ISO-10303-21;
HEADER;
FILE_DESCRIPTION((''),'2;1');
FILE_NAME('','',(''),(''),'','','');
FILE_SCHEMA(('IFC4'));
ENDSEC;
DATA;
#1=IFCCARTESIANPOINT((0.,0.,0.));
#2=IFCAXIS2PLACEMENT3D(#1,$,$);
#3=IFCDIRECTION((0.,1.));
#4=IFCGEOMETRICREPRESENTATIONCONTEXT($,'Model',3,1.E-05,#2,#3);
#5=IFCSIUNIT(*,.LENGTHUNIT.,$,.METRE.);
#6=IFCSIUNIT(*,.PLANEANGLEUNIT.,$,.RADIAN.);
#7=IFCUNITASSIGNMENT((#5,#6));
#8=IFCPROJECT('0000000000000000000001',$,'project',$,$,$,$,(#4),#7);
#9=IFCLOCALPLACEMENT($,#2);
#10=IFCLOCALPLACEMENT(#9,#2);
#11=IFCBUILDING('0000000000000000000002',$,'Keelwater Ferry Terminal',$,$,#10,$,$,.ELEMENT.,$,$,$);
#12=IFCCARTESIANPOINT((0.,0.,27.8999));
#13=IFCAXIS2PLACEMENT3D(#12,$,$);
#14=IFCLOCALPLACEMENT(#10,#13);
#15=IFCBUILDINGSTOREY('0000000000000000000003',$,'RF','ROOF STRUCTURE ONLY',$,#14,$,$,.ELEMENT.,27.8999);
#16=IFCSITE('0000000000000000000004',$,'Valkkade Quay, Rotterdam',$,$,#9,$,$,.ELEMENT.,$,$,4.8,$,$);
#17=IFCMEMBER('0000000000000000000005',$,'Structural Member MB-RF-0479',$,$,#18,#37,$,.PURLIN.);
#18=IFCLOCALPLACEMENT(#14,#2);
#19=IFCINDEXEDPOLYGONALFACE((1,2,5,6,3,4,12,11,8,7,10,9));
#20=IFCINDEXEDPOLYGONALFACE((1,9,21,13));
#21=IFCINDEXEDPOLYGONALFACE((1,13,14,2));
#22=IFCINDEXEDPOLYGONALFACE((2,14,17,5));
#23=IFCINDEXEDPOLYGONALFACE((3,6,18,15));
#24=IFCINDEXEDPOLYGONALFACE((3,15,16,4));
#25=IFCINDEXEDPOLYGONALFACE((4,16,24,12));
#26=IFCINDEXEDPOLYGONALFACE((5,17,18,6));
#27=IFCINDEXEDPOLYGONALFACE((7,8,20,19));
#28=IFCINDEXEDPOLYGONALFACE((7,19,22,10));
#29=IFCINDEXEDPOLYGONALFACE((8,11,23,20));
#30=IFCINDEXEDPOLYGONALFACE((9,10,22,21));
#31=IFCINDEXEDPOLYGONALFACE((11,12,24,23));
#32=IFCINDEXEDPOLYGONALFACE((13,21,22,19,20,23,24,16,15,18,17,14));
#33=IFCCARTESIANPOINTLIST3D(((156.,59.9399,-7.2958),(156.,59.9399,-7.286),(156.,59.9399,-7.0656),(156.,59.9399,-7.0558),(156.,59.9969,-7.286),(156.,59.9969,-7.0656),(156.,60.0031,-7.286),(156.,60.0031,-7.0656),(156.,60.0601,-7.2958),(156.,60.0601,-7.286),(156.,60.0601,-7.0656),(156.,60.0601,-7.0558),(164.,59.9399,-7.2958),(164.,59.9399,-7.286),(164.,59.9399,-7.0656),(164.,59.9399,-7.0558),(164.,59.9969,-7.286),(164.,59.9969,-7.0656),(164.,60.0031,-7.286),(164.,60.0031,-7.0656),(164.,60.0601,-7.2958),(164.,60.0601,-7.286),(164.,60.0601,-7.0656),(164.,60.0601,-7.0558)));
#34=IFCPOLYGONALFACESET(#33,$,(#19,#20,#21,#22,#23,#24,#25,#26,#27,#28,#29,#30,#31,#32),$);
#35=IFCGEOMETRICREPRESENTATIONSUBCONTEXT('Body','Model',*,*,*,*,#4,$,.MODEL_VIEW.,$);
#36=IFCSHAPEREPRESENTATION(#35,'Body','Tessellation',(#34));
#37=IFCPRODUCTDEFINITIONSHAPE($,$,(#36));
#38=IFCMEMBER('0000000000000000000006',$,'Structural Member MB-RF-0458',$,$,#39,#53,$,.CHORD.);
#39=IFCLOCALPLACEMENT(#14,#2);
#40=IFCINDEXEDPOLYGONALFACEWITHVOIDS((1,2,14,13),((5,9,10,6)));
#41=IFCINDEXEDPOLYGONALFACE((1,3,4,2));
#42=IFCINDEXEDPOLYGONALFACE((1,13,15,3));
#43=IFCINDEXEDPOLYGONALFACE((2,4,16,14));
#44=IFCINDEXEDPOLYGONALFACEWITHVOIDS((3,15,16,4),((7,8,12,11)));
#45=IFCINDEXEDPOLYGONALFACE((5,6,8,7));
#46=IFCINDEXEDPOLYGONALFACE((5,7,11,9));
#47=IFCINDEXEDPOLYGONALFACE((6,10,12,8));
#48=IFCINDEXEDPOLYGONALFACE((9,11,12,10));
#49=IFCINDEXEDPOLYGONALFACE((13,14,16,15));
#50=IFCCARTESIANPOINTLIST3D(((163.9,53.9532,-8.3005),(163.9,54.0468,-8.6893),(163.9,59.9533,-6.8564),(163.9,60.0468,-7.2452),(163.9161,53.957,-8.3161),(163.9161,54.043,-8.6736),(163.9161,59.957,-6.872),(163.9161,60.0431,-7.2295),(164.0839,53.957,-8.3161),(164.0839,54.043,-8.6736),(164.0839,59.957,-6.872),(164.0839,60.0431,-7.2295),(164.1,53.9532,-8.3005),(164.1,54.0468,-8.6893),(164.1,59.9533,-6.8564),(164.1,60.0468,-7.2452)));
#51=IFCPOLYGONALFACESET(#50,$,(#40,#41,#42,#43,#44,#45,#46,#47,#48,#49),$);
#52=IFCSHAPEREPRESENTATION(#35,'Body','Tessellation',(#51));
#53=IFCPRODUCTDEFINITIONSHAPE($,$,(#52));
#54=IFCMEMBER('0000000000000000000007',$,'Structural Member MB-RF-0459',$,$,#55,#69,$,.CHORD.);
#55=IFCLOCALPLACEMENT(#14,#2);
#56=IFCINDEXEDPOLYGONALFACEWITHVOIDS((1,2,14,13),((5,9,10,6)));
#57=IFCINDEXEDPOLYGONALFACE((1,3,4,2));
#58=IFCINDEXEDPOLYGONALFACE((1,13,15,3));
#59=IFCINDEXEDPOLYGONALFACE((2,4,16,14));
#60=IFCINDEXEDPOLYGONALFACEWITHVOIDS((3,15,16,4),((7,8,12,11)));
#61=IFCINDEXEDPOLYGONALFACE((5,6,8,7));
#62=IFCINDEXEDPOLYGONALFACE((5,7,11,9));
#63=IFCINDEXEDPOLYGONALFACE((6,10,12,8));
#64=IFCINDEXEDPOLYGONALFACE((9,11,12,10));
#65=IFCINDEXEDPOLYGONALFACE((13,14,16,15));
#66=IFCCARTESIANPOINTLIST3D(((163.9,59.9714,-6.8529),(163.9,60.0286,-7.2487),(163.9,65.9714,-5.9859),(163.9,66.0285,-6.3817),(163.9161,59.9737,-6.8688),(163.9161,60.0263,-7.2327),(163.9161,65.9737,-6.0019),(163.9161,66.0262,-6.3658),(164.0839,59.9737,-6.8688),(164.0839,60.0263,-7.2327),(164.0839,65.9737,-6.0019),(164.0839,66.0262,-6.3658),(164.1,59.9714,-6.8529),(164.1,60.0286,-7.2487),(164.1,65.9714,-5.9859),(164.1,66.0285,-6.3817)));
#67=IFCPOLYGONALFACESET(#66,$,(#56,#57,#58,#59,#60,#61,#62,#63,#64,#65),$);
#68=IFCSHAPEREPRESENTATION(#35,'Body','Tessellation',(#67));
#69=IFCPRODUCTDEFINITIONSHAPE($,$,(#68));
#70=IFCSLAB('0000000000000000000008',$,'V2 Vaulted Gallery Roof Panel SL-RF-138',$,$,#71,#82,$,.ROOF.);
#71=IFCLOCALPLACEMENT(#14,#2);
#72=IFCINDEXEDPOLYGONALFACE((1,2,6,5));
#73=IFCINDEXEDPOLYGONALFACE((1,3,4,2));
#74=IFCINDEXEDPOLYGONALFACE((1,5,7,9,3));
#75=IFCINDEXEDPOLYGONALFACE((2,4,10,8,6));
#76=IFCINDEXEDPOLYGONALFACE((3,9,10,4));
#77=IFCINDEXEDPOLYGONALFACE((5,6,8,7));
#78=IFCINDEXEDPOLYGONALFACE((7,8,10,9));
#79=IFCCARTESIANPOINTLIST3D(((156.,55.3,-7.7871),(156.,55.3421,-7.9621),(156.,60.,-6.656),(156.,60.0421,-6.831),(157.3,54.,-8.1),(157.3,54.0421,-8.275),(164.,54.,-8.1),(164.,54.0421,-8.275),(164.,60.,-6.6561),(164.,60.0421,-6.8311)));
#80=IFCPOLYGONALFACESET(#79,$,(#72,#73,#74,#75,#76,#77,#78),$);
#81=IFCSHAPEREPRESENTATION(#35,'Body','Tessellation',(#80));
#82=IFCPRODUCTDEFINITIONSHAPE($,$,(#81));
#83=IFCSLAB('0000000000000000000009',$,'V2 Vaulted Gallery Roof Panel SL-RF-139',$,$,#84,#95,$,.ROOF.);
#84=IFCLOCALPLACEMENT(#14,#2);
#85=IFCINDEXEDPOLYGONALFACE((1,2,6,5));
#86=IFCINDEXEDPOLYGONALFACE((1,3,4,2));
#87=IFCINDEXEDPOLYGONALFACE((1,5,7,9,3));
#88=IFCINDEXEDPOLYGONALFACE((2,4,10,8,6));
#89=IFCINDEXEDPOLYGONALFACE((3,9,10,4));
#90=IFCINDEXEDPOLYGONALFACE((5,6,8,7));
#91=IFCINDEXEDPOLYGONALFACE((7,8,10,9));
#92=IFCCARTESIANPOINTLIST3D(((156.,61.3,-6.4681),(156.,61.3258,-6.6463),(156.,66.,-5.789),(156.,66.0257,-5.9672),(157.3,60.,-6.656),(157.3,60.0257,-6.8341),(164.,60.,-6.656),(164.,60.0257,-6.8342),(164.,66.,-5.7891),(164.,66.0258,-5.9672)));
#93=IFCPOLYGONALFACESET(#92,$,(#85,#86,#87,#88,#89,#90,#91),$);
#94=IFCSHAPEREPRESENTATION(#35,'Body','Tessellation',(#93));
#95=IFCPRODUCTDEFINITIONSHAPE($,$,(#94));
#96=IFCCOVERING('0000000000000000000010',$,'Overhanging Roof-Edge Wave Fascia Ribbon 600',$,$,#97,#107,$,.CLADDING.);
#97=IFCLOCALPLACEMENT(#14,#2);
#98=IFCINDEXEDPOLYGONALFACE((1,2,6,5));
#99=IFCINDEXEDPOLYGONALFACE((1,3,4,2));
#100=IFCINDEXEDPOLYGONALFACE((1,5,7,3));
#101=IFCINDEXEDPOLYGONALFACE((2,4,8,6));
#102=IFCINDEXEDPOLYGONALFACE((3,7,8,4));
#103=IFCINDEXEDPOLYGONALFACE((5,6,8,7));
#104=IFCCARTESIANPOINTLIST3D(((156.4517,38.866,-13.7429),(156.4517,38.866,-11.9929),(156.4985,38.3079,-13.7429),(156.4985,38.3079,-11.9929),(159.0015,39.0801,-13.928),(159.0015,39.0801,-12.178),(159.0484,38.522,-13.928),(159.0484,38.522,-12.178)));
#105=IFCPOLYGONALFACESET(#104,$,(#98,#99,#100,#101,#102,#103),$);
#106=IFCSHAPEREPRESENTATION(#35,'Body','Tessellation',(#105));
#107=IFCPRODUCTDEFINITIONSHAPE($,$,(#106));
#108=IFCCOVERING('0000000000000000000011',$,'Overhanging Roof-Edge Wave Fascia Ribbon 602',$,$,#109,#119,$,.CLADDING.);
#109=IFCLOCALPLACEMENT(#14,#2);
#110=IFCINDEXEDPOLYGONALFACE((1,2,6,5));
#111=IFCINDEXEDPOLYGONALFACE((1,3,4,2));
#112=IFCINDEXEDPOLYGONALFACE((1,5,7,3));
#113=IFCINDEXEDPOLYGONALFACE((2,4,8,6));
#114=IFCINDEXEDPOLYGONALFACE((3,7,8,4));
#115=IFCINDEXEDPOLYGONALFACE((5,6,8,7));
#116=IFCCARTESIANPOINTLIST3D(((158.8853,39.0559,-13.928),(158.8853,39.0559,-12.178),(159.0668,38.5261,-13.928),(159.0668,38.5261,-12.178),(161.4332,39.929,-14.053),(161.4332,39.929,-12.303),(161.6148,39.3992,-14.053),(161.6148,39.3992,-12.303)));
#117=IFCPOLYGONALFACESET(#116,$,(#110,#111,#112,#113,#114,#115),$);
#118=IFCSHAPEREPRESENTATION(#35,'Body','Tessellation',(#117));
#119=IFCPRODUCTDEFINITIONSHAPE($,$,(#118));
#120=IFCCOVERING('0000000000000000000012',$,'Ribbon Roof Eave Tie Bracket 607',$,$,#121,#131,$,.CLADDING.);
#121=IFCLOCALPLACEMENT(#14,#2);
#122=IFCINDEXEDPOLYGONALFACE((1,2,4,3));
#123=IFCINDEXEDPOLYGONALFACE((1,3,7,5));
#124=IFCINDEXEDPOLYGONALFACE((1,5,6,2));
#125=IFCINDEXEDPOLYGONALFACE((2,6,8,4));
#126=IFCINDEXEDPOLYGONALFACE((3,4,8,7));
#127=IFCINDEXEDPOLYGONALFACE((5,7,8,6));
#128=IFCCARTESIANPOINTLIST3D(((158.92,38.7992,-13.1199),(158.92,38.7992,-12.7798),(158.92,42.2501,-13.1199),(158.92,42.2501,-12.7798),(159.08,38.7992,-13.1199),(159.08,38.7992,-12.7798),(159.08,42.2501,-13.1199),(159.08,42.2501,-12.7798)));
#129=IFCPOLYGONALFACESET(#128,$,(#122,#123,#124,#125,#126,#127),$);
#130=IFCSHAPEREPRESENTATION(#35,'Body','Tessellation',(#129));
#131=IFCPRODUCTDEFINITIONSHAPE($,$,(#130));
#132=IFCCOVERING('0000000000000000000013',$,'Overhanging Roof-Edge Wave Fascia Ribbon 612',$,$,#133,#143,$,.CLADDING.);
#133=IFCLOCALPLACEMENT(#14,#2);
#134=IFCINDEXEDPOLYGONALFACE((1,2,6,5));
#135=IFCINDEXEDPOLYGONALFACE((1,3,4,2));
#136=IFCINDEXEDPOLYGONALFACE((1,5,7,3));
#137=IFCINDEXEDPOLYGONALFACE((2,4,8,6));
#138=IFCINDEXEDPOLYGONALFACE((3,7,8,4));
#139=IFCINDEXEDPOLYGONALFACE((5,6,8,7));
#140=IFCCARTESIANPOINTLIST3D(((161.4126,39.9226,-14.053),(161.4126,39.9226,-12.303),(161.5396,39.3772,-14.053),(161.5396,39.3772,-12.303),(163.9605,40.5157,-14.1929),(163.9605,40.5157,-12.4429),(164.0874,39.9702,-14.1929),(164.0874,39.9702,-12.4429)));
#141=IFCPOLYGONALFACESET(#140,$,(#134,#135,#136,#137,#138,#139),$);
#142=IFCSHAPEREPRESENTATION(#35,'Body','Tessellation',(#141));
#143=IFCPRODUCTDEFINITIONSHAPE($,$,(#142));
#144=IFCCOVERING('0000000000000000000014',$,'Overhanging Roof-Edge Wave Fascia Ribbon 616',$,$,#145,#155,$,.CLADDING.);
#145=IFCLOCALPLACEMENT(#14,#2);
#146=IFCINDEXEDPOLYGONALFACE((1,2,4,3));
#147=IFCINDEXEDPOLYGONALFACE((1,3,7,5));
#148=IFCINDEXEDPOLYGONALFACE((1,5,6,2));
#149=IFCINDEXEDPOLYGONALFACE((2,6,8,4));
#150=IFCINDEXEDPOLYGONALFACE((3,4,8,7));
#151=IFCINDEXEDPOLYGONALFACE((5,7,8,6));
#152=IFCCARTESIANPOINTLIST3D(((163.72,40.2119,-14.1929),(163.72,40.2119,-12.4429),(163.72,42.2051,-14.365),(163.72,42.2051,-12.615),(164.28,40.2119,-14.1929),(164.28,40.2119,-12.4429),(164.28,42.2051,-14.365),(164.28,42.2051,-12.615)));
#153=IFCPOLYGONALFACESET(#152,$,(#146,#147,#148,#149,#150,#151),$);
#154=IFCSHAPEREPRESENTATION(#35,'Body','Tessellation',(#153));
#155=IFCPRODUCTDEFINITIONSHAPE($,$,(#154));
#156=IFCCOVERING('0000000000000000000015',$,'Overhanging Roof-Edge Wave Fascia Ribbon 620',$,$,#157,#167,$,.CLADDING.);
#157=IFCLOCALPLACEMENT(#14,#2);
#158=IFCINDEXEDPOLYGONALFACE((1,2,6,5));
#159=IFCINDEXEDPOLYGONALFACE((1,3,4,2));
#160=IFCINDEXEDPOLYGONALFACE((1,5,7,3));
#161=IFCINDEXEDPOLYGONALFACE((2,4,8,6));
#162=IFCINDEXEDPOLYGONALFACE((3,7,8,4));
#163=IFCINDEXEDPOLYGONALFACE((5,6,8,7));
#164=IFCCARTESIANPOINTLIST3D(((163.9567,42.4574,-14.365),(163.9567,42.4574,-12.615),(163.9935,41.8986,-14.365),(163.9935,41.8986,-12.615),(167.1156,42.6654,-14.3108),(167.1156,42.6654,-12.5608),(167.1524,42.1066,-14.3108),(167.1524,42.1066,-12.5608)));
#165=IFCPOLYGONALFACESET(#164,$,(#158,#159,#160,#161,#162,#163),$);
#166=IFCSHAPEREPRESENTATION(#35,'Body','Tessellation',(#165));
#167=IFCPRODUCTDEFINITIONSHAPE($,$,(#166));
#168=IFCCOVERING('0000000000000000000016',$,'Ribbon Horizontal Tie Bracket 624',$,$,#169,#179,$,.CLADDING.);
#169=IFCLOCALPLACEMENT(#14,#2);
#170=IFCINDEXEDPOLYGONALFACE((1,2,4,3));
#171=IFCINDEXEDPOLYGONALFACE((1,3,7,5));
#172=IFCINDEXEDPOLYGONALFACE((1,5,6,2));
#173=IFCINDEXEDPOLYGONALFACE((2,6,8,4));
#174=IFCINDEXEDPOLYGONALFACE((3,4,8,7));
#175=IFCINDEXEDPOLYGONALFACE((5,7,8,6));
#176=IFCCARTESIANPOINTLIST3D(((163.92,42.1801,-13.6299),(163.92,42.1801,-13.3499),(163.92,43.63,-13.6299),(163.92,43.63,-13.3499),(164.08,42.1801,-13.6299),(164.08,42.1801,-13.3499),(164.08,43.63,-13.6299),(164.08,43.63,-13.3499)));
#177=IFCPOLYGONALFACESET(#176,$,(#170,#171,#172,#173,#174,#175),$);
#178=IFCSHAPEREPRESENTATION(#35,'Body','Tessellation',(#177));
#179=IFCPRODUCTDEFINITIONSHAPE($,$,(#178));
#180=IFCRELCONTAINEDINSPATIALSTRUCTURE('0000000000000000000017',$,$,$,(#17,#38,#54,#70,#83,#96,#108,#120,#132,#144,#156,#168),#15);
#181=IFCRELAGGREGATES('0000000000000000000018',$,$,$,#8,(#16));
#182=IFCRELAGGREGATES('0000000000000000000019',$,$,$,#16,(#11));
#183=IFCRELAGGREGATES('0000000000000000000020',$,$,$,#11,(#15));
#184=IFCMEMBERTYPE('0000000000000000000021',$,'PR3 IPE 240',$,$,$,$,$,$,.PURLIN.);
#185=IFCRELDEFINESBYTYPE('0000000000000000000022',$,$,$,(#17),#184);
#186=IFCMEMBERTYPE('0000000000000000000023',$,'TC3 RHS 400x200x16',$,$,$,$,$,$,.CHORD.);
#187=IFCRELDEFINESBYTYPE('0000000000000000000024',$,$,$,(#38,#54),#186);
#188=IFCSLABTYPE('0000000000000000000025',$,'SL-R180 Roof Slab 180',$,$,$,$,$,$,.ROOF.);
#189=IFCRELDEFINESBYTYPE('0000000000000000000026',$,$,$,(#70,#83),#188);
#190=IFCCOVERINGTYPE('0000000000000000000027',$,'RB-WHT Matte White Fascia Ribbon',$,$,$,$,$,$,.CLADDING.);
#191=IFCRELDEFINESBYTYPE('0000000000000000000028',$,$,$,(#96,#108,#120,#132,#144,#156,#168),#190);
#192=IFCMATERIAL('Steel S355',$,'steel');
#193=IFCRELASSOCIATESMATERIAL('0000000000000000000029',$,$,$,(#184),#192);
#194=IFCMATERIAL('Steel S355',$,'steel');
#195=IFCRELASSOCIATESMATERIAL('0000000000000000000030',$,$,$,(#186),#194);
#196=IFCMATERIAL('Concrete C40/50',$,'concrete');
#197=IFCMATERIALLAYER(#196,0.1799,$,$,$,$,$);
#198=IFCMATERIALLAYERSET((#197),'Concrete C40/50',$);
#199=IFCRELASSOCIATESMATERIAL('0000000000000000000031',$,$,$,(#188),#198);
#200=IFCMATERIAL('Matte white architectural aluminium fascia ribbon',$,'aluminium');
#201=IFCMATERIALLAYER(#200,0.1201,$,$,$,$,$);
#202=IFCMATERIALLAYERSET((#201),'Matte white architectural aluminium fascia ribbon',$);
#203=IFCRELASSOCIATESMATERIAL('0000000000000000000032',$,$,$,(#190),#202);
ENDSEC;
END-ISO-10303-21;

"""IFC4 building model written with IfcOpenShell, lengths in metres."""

from ifc_helpers import new_model, si_unit, direction, frame, frame_2d, origin, origin_with_axes, origin_2d, place, context, subcontext, project, spatial, polyline, rectangle, hollow_rectangle, i_section, outline, extrude, material, layer, layer_set, material_profile, profile_set, type_object, element, save


model = new_model("IFC4")

# Units and contexts
model_context = context("Model", 3, precision=1e-05, world=origin(), true_north=direction((0.0, 1.0)))
body_context = subcontext(model_context, "Body", "Model", "MODEL_VIEW")
ifc_project = project(units=[si_unit("LENGTHUNIT", "METRE"), si_unit("PLANEANGLEUNIT", "RADIAN")], contexts=[model_context])

# Site, building, storey
site_placement = place(None, origin())
site = spatial("IfcSite", under=ifc_project, at=site_placement, Name="Valkkade Quay, Rotterdam", CompositionType="ELEMENT", RefElevation=4.8)
building_placement = place(site_placement, origin())
building = spatial("IfcBuilding", under=site, at=building_placement, Name="Keelwater Ferry Terminal", CompositionType="ELEMENT")
storey_placement = place(building_placement, frame((0.0, 0.0, 27.8999)))
storey = spatial("IfcBuildingStorey", under=building, at=storey_placement, Name="RF", Description="ROOF STRUCTURE ONLY", CompositionType="ELEMENT", Elevation=27.8999)

# Members
ifc_material_1 = material(Name="Steel S355", Category="steel")
ifc_material_profile_1 = material_profile(ifc_material_1, i_section(OverallWidth=0.1201, OverallDepth=0.24, WebThickness=0.0061, FlangeThickness=0.0098, at=origin_2d()), Name="IPE 240")
ifc_profile_set_1 = profile_set([ifc_material_profile_1], Name="Steel S355")
member_type_1 = type_object("IfcMemberType", Name="PR3 IPE 240", PredefinedType="PURLIN", material=ifc_profile_set_1)
member_1_placement = place(storey_placement, frame((156.0, 60.0, -7.1758), z_axis=(1.0, 0.0, 0.0), x_axis=(0.0, 1.0, 0.0)))
element("IfcMember", 1, at=member_1_placement, inside=storey, type_object=member_type_1, Name="Structural Member MB-RF-0479", PredefinedType="PURLIN", context=body_context, shape_type="SweptSolid", body=[
    extrude(i_section(OverallWidth=0.1201, OverallDepth=0.24, WebThickness=0.0061, FlangeThickness=0.0098, at=origin_2d()), origin(), (0.0, 0.0, 1.0), 8.0),
])
ifc_material_2 = material(Name="Steel S355", Category="steel")
ifc_material_profile_2 = material_profile(ifc_material_2, hollow_rectangle(XDim=0.2, YDim=0.3999, WallThickness=0.0161, at=origin_2d()), Name="RHS 400x200x16")
ifc_profile_set_2 = profile_set([ifc_material_profile_2], Name="Steel S355")
member_type_2 = type_object("IfcMemberType", Name="TC3 RHS 400x200x16", PredefinedType="CHORD", material=ifc_profile_set_2)
member_2_placement = place(storey_placement, frame((164.0, 54.0, -8.4949), z_axis=(0.0, 0.972237, 0.234), x_axis=(-1.0, 0.0, 0.0)))
element("IfcMember", 2, at=member_2_placement, inside=storey, type_object=member_type_2, Name="Structural Member MB-RF-0458", PredefinedType="CHORD", context=body_context, shape_type="SweptSolid", body=[
    extrude(hollow_rectangle(XDim=0.2, YDim=0.3999, WallThickness=0.0161, at=origin_2d()), origin(), (0.0, 0.0, 1.0), 6.1714),
])
member_3_placement = place(storey_placement, frame((164.0, 60.0, -7.0508), z_axis=(0.0, 0.989722, 0.143005), x_axis=(-1.0, 0.0, 0.0)))
element("IfcMember", 3, at=member_3_placement, inside=storey, type_object=member_type_2, Name="Structural Member MB-RF-0459", PredefinedType="CHORD", context=body_context, shape_type="SweptSolid", body=[
    extrude(hollow_rectangle(XDim=0.2, YDim=0.3999, WallThickness=0.0161, at=origin_2d()), origin(), (0.0, 0.0, 1.0), 6.0623),
])

# Slabs
ifc_material_3 = material(Name="Concrete C40/50", Category="concrete")
ifc_layer_1 = layer(ifc_material_3, 0.1799)
ifc_layer_set_1 = layer_set([ifc_layer_1], Name="Concrete C40/50")
slab_type = type_object("IfcSlabType", Name="SL-R180 Roof Slab 180", PredefinedType="ROOF", material=ifc_layer_set_1)
slab_1_placement = place(storey_placement, frame((157.3, 54.0421, -8.275), z_axis=(0.000006, -0.233982, 0.972241), x_axis=(1.0, 0.000001, -0.000006)))
element("IfcSlab", 4, at=slab_1_placement, inside=storey, type_object=slab_type, Name="V2 Vaulted Gallery Roof Panel SL-RF-138", PredefinedType="ROOF", context=body_context, shape_type="SweptSolid", body=[
    extrude(outline(polyline([(0.0, 0.0), (6.7, 0.0), (6.7, 6.1713), (-1.3, 6.1713), (-1.3, 1.3371), (0.0, 0.0)])), origin_with_axes(), (0.0, 0.0, 1.0), 0.18),
])
slab_2_placement = place(storey_placement, frame((157.3, 60.0257, -6.8341), z_axis=(0.000007, -0.14301, 0.989721), x_axis=(1.0, 0.000001, -0.000007)))
element("IfcSlab", 5, at=slab_2_placement, inside=storey, type_object=slab_type, Name="V2 Vaulted Gallery Roof Panel SL-RF-139", PredefinedType="ROOF", context=body_context, shape_type="SweptSolid", body=[
    extrude(outline(polyline([(0.0, 0.0), (6.7, 0.0), (6.7, 6.0623), (-1.3, 6.0623), (-1.3, 1.3135), (0.0, 0.0)])), origin_with_axes(), (0.0, 0.0, 1.0), 0.18),
])

# Coverings
ifc_material_4 = material(Name="Matte white architectural aluminium fascia ribbon", Category="aluminium")
ifc_layer_2 = layer(ifc_material_4, 0.1201)
ifc_layer_set_2 = layer_set([ifc_layer_2], Name="Matte white architectural aluminium fascia ribbon")
covering_type = type_object("IfcCoveringType", Name="RB-WHT Matte White Fascia Ribbon", PredefinedType="CLADDING", material=ifc_layer_set_2)
covering_1_placement = place(storey_placement, frame((156.4751, 38.5869, -13.928), z_axis=(0.0, 0.0, 1.0), x_axis=(0.996493, 0.083677, 0.0)))
element("IfcCovering", 6, at=covering_1_placement, inside=storey, type_object=covering_type, Name="Overhanging Roof-Edge Wave Fascia Ribbon 600", PredefinedType="CLADDING", context=body_context, shape_type="SweptSolid", body=[
    extrude(outline(polyline([(0.0, 0.1851), (2.5588, 0.0), (2.5588, 1.75), (0.0, 1.9351), (0.0, 0.1851)])), frame((0.0, 0.28, 0.0), z_axis=(0.0, -1.0, 0.0), x_axis=(1.0, 0.0, 0.0)), (0.0, 0.0, 1.0), 0.5601),
])
covering_2_placement = place(storey_placement, frame((158.9761, 38.791, -14.053), z_axis=(0.0, 0.0, 1.0), x_axis=(0.946003, 0.324157, 0.0)))
element("IfcCovering", 7, at=covering_2_placement, inside=storey, type_object=covering_type, Name="Overhanging Roof-Edge Wave Fascia Ribbon 602", PredefinedType="CLADDING", context=body_context, shape_type="SweptSolid", body=[
    extrude(outline(polyline([(0.0, 0.125), (2.6934, 0.0), (2.6934, 1.75), (0.0, 1.875), (0.0, 0.125)])), frame((0.0, 0.28, 0.0), z_axis=(0.0, -1.0, 0.0), x_axis=(1.0, 0.0, 0.0)), (0.0, 0.0, 1.0), 0.5601),
])
covering_3_placement = place(storey_placement, frame((159.0, 38.7991, -13.1199), z_axis=(0.0, 0.0, 1.0), x_axis=(0.0, 1.0, 0.0)))
element("IfcCovering", 8, at=covering_3_placement, inside=storey, type_object=covering_type, Name="Ribbon Roof Eave Tie Bracket 607", PredefinedType="CLADDING", context=body_context, shape_type="SweptSolid", body=[
    extrude(rectangle(XDim=3.4509, YDim=0.1599, at=frame_2d((1.7256, 0.0))), origin(), (0.0, 0.0, 1.0), 0.3401),
])
covering_4_placement = place(storey_placement, frame((161.4761, 39.6499, -14.1929), z_axis=(0.0, 0.0, 1.0), x_axis=(0.973966, 0.226693, 0.0)))
element("IfcCovering", 9, at=covering_4_placement, inside=storey, type_object=covering_type, Name="Overhanging Roof-Edge Wave Fascia Ribbon 612", PredefinedType="CLADDING", context=body_context, shape_type="SweptSolid", body=[
    extrude(outline(polyline([(0.0, 0.1399), (2.616, 0.0), (2.616, 1.75), (0.0, 1.8899), (0.0, 0.1399)])), frame((0.0, 0.28, 0.0), z_axis=(0.0, -1.0, 0.0), x_axis=(1.0, 0.0, 0.0)), (0.0, 0.0, 1.0), 0.5601),
])
covering_5_placement = place(storey_placement, frame((164.0, 40.2119, -14.365), z_axis=(0.0, 0.0, 1.0), x_axis=(0.0, 1.0, 0.0)))
element("IfcCovering", 10, at=covering_5_placement, inside=storey, type_object=covering_type, Name="Overhanging Roof-Edge Wave Fascia Ribbon 616", PredefinedType="CLADDING", context=body_context, shape_type="SweptSolid", body=[
    extrude(outline(polyline([(0.0, 0.1721), (1.9932, 0.0), (1.9932, 1.75), (0.0, 1.9221), (0.0, 0.1721)])), frame((0.0, 0.28, 0.0), z_axis=(0.0, -1.0, 0.0), x_axis=(1.0, 0.0, 0.0)), (0.0, 0.0, 1.0), 0.5601),
])
covering_6_placement = place(storey_placement, frame((163.9751, 42.178, -14.365), z_axis=(0.0, 0.0, 1.0), x_axis=(0.997839, 0.065705, 0.0)))
element("IfcCovering", 11, at=covering_6_placement, inside=storey, type_object=covering_type, Name="Overhanging Roof-Edge Wave Fascia Ribbon 620", PredefinedType="CLADDING", context=body_context, shape_type="SweptSolid", body=[
    extrude(outline(polyline([(0.0, 0.0), (3.1658, 0.0542), (3.1658, 1.8042), (0.0, 1.75), (0.0, 0.0)])), frame((0.0, 0.28, 0.0), z_axis=(0.0, -1.0, 0.0), x_axis=(1.0, 0.0, 0.0)), (0.0, 0.0, 1.0), 0.5601),
])
covering_7_placement = place(storey_placement, frame((164.0, 42.1799, -13.6299), z_axis=(0.0, 0.0, 1.0), x_axis=(0.0, 1.0, 0.0)))
element("IfcCovering", 12, at=covering_7_placement, inside=storey, type_object=covering_type, Name="Ribbon Horizontal Tie Bracket 624", PredefinedType="CLADDING", context=body_context, shape_type="SweptSolid", body=[
    extrude(rectangle(XDim=1.45, YDim=0.1599, at=frame_2d((0.7251, 0.0))), origin(), (0.0, 0.0, 1.0), 0.28),
])

save(model, "model.ifc")
